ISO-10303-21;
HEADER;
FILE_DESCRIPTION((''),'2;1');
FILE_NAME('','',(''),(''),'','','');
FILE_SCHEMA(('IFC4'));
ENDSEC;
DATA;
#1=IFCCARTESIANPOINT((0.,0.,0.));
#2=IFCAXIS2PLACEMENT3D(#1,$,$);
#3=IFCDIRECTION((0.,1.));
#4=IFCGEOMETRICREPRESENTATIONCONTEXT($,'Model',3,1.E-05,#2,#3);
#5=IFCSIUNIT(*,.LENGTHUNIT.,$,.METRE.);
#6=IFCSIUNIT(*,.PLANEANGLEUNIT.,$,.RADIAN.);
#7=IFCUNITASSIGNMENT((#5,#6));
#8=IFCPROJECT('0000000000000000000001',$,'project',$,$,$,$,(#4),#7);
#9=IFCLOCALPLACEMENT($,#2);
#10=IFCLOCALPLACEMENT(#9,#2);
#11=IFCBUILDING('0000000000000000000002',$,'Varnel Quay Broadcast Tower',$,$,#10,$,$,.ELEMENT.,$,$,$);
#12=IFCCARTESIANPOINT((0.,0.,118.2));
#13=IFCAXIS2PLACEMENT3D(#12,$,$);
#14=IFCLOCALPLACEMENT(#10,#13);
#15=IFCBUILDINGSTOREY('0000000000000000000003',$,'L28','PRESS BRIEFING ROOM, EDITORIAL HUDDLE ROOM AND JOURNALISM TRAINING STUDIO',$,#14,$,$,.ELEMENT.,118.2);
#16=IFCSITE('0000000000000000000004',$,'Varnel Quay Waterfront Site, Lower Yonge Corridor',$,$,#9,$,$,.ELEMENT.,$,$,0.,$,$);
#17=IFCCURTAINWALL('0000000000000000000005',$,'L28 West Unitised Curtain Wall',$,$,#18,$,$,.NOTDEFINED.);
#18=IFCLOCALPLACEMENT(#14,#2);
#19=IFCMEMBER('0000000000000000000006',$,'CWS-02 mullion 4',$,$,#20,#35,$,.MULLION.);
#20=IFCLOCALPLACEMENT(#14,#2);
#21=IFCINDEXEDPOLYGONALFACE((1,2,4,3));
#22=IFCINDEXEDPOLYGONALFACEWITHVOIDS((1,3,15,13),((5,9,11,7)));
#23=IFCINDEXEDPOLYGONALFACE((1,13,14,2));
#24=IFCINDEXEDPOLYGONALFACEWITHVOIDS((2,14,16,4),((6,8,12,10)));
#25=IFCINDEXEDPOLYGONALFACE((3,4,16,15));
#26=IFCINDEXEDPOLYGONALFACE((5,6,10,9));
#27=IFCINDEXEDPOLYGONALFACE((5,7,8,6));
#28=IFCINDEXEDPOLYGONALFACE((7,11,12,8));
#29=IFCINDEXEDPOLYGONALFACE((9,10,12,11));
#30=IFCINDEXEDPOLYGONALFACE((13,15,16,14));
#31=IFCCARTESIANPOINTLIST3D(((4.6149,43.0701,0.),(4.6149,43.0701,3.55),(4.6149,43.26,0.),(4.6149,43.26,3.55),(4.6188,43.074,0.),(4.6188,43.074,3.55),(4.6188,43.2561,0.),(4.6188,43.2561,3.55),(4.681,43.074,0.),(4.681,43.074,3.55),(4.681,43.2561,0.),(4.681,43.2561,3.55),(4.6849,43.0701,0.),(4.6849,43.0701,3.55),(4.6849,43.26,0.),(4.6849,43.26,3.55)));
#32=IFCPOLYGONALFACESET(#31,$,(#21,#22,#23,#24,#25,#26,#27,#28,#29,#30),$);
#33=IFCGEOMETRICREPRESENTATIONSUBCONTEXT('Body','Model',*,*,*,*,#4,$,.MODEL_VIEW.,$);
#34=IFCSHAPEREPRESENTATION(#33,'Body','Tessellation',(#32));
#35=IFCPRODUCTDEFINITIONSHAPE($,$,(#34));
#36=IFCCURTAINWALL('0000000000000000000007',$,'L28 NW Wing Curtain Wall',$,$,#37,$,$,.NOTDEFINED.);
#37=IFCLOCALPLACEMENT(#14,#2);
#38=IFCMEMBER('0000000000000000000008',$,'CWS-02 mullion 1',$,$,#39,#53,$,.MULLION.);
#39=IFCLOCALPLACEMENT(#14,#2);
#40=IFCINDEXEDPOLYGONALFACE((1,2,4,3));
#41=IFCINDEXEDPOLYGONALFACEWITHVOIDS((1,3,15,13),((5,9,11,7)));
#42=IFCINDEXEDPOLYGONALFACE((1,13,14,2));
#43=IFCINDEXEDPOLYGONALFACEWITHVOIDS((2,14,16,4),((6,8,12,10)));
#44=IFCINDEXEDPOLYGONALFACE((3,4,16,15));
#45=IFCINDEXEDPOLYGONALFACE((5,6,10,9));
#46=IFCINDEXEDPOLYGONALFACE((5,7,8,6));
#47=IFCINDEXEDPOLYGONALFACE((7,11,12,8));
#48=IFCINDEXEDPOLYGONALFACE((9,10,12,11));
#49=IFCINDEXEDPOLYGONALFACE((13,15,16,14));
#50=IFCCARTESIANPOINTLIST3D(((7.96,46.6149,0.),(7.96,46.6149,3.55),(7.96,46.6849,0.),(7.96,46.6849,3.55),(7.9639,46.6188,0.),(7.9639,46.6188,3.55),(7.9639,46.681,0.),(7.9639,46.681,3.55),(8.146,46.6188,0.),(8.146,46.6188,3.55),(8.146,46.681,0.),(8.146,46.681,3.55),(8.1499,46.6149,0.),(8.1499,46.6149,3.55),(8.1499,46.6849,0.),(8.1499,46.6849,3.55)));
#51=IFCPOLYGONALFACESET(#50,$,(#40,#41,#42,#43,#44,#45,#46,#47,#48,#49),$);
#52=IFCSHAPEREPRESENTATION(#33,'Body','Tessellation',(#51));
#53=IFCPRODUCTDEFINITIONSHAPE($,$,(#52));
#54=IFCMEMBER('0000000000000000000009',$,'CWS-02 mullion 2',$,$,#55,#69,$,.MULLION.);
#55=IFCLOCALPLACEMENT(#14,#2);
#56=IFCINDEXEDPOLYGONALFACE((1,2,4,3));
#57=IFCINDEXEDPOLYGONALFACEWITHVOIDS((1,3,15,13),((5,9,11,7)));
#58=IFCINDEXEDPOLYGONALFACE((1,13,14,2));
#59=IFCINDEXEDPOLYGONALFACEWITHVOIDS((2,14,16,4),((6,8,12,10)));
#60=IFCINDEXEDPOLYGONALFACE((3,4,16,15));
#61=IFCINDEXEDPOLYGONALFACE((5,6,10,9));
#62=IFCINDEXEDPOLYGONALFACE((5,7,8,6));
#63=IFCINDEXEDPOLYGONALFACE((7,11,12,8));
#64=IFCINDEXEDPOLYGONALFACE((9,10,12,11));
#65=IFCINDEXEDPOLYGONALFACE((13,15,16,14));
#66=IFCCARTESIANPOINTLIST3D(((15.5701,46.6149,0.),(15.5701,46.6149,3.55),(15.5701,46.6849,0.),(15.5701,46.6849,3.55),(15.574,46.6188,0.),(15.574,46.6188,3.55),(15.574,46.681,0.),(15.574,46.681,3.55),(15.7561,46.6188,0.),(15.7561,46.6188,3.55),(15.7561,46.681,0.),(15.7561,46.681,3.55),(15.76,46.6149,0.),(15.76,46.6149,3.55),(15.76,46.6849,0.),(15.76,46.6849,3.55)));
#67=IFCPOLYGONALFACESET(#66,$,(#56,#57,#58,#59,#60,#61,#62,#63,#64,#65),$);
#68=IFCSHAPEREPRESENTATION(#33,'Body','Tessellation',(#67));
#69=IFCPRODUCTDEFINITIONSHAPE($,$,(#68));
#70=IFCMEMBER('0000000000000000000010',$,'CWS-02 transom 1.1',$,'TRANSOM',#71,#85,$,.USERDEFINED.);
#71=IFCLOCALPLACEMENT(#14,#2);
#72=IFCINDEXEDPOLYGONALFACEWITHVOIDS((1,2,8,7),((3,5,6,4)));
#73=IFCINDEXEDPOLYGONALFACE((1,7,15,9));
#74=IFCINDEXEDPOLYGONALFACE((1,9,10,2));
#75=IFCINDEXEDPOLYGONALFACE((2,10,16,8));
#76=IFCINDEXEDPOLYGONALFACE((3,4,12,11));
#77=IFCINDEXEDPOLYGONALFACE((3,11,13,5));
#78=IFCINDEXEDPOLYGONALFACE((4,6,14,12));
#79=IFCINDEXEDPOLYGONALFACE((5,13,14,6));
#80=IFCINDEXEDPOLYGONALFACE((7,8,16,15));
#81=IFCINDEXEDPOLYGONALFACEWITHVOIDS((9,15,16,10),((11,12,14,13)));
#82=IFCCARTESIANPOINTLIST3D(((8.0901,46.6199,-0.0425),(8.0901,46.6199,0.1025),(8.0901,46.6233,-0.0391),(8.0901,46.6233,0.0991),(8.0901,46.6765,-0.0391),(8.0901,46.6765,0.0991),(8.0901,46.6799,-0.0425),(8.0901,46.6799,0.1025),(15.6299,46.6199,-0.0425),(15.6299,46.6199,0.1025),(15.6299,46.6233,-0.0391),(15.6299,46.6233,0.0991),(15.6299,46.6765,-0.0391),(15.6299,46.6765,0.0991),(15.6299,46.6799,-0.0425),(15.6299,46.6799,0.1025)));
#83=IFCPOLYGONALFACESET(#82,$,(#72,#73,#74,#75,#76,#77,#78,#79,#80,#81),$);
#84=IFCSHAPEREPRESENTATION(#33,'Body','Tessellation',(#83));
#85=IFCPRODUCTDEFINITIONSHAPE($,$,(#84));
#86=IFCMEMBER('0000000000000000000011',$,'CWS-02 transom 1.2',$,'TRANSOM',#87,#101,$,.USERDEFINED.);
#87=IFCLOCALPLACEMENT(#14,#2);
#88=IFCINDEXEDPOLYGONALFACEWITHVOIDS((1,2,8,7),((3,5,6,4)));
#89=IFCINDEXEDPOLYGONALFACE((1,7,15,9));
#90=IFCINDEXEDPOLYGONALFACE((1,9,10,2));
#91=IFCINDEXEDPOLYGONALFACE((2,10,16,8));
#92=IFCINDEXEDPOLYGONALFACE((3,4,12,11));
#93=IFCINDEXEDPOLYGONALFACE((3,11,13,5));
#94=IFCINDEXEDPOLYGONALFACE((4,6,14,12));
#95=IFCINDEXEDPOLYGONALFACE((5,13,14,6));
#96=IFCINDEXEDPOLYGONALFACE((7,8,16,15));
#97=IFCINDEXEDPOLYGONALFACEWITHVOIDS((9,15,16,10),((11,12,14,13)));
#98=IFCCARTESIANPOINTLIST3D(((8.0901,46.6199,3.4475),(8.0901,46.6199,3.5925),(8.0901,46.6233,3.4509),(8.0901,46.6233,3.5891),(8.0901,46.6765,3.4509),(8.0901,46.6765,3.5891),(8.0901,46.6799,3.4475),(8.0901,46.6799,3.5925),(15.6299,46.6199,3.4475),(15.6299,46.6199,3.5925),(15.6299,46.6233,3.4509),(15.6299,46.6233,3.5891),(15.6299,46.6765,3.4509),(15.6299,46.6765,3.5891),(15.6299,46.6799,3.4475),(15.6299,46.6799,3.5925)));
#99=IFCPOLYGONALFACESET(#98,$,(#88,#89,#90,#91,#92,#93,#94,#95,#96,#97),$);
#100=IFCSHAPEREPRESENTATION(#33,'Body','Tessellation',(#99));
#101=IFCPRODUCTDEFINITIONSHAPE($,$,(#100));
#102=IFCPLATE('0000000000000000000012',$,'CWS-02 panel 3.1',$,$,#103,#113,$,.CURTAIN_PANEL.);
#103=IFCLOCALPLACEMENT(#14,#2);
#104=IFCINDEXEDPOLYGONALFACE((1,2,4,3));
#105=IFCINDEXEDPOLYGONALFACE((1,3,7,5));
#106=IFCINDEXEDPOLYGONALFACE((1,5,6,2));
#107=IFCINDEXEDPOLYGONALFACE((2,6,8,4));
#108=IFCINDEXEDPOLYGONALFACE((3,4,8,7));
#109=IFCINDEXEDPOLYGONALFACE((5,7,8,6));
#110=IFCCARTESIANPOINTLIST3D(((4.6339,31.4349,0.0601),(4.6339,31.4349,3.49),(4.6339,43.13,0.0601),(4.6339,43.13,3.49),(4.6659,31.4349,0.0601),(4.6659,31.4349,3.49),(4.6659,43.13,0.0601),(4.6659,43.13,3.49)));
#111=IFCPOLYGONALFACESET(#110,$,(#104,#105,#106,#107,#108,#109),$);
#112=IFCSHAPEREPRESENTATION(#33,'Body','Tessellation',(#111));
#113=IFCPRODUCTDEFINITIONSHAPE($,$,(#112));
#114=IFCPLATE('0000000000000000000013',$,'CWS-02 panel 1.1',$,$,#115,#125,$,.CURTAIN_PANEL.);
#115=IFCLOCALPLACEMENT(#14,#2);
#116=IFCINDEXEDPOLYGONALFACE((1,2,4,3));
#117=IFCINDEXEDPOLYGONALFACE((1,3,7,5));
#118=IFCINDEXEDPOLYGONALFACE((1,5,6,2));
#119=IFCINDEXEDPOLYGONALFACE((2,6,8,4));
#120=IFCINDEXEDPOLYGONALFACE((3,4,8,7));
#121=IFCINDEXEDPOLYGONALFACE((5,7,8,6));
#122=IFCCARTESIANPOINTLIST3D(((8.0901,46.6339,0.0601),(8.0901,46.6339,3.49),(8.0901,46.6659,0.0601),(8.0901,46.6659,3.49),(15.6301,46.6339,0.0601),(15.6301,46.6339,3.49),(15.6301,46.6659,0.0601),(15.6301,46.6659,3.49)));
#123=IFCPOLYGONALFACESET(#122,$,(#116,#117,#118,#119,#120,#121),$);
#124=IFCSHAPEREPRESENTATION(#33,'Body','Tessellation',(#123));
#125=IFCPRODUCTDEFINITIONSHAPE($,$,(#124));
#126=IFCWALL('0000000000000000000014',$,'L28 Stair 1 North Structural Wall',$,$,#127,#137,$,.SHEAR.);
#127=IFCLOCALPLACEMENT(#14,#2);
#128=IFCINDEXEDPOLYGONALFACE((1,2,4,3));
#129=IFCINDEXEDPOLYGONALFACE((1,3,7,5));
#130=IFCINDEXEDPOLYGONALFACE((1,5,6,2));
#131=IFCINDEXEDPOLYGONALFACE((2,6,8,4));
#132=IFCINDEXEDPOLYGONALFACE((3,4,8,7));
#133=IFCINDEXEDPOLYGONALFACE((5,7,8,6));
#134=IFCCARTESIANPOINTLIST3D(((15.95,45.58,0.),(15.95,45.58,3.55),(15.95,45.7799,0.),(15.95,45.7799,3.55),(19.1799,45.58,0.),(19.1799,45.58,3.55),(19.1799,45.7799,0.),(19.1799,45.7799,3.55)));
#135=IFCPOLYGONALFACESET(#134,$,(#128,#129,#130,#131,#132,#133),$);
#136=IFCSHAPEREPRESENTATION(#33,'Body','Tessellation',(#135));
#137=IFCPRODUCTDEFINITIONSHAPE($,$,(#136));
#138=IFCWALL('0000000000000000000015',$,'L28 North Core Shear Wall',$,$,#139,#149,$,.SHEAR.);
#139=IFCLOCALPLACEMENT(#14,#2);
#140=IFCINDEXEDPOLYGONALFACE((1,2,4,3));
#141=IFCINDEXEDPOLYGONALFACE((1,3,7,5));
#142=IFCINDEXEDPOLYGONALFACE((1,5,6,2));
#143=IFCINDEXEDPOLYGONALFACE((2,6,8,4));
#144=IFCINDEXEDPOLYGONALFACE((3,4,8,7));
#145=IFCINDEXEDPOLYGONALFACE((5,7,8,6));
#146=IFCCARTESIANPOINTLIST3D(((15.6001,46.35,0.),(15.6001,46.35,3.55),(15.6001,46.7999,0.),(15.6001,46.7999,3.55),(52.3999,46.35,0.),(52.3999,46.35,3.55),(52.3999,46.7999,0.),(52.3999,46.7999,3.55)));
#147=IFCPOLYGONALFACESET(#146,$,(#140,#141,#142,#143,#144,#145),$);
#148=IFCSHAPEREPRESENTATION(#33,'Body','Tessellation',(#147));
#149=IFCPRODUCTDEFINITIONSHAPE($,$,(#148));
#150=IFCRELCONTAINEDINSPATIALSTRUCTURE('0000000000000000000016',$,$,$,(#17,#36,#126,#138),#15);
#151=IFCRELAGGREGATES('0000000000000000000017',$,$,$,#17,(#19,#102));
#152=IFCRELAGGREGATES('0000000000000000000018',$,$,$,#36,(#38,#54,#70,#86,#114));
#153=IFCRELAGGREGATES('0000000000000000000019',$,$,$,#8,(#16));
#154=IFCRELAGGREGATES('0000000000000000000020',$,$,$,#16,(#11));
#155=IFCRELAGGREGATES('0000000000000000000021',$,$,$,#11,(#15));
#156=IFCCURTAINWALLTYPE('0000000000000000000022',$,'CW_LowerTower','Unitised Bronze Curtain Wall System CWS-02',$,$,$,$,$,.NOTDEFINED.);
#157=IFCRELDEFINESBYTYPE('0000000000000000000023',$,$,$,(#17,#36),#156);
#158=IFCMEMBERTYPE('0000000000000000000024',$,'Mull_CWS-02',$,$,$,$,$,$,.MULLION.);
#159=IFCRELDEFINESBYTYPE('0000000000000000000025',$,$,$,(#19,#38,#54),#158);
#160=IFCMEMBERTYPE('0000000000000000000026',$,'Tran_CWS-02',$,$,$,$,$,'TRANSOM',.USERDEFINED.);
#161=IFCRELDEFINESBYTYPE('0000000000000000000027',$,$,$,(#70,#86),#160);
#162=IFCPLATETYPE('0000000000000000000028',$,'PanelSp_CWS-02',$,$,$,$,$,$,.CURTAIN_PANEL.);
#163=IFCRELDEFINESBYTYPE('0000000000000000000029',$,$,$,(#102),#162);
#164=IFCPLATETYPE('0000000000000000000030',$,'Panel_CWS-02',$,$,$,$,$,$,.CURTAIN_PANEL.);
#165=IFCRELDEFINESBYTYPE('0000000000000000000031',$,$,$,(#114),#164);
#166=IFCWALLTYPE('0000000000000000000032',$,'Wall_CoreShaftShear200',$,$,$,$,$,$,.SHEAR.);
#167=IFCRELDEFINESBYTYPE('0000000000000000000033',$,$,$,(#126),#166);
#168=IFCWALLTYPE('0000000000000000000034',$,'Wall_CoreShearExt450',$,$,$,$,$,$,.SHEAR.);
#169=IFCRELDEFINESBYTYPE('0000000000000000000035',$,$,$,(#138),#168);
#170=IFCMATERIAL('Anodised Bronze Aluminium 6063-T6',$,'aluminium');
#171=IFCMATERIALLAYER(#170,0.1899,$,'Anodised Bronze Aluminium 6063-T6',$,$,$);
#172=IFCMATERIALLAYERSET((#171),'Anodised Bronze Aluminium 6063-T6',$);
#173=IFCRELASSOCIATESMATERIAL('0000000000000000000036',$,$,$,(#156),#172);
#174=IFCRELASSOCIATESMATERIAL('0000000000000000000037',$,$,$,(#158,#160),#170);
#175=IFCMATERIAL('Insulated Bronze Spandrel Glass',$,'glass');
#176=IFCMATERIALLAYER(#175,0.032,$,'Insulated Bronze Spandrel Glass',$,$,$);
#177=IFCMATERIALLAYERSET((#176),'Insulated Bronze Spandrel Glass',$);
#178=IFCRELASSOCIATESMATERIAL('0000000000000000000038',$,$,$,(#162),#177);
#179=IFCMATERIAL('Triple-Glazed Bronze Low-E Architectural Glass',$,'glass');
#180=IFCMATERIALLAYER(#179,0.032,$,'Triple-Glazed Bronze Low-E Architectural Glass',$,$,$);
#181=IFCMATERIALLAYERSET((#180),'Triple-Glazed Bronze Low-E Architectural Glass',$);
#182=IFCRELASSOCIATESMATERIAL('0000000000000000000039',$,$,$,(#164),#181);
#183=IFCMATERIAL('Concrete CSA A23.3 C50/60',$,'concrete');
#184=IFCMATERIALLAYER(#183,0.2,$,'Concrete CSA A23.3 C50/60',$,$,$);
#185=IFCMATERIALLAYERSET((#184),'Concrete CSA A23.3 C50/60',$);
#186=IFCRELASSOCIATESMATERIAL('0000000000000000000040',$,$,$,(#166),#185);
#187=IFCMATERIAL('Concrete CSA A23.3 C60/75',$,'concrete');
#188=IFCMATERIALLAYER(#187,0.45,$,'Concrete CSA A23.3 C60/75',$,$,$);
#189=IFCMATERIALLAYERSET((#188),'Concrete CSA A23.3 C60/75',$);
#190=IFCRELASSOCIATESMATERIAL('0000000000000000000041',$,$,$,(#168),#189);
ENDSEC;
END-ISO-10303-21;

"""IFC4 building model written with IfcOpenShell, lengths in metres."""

from ifc_helpers import new_model, si_unit, direction, frame, frame_2d, origin, origin_2d, place, context, subcontext, project, spatial, rectangle, hollow_rectangle, extrude, source, transform, mapped, material, layer, layer_set, material_profile, profile_set, type_object, type_shapes, element, aggregate, save


model = new_model("IFC4")

# Units and contexts
model_context = context("Model", 3, precision=1e-05, world=origin(), true_north=direction((0.0, 1.0)))
body_context = subcontext(model_context, "Body", "Model", "MODEL_VIEW")
ifc_project = project(units=[si_unit("LENGTHUNIT", "METRE"), si_unit("PLANEANGLEUNIT", "RADIAN")], contexts=[model_context])

# Site, building, storey
site_placement = place(None, origin())
site = spatial("IfcSite", under=ifc_project, at=site_placement, Name="Varnel Quay Waterfront Site, Lower Yonge Corridor", CompositionType="ELEMENT", RefElevation=0.0)
building_placement = place(site_placement, origin())
building = spatial("IfcBuilding", under=site, at=building_placement, Name="Varnel Quay Broadcast Tower", CompositionType="ELEMENT")
storey_placement = place(building_placement, frame((0.0, 0.0, 118.2)))
storey = spatial("IfcBuildingStorey", under=building, at=storey_placement, Name="L28", Description="PRESS BRIEFING ROOM, EDITORIAL HUDDLE ROOM AND JOURNALISM TRAINING STUDIO", CompositionType="ELEMENT", Elevation=118.2)

# Curtain wall, member
ifc_material_1 = material(Name="Anodised Bronze Aluminium 6063-T6", Category="aluminium")
ifc_layer_1 = layer(ifc_material_1, 0.1899, Name="Anodised Bronze Aluminium 6063-T6")
ifc_layer_set_1 = layer_set([ifc_layer_1], Name="Anodised Bronze Aluminium 6063-T6")
curtain_wall_type = type_object("IfcCurtainWallType", Name="CW_LowerTower", Description="Unitised Bronze Curtain Wall System CWS-02", PredefinedType="NOTDEFINED", material=ifc_layer_set_1)
curtain_wall_1_placement = place(storey_placement, origin())
curtain_wall_1 = element("IfcCurtainWall", 1, at=curtain_wall_1_placement, inside=storey, type_object=curtain_wall_type, Name="L28 West Unitised Curtain Wall", PredefinedType="NOTDEFINED")
ifc_material_profile_1 = material_profile(ifc_material_1, hollow_rectangle(XDim=0.0701, YDim=0.1899, WallThickness=0.0039, at=origin_2d()), Name="ALU70X190X4")
ifc_profile_set_1 = profile_set([ifc_material_profile_1], Name="Anodised Bronze Aluminium 6063-T6")
member_type_1 = type_object("IfcMemberType", Name="Mull_CWS-02", PredefinedType="MULLION", material=ifc_profile_set_1)
shared_shape_1 = source(origin(), body_context, "Body", "SweptSolid", [
    extrude(hollow_rectangle(XDim=0.0701, YDim=0.1899, WallThickness=0.0039, at=origin_2d()), origin(), (0.0, 0.0, 1.0), 3.55),
])
type_shapes(member_type_1, [shared_shape_1])
member_1_placement = place(storey_placement, frame((4.6499, 43.165, 0.0), z_axis=(0.0, 0.0, 1.0), x_axis=(-1.0, 0.0, 0.0)))
member_1 = element("IfcMember", 2, at=member_1_placement, type_object=member_type_1, Name="CWS-02 mullion 4", PredefinedType="MULLION", context=body_context, shape_type="MappedRepresentation", body=[
    mapped(shared_shape_1, transform((0.0, 0.0, 0.0), x_axis=(1.0, 0.0, 0.0), y_axis=(0.0, 1.0, 0.0), z_axis=(0.0, 0.0, 1.0), scale=1.0)),
])

# Curtain wall, members
curtain_wall_2_placement = place(storey_placement, origin())
curtain_wall_2 = element("IfcCurtainWall", 3, at=curtain_wall_2_placement, inside=storey, type_object=curtain_wall_type, Name="L28 NW Wing Curtain Wall", PredefinedType="NOTDEFINED")
member_2_placement = place(storey_placement, frame((8.0549, 46.6499, 0.0), z_axis=(0.0, 0.0, 1.0), x_axis=(0.0, 1.0, 0.0)))
member_2 = element("IfcMember", 4, at=member_2_placement, type_object=member_type_1, Name="CWS-02 mullion 1", PredefinedType="MULLION", context=body_context, shape_type="MappedRepresentation", body=[
    mapped(shared_shape_1, transform((0.0, 0.0, 0.0), x_axis=(1.0, 0.0, 0.0), y_axis=(0.0, 1.0, 0.0), z_axis=(0.0, 0.0, 1.0), scale=1.0)),
])
member_3_placement = place(storey_placement, frame((15.665, 46.6499, 0.0), z_axis=(0.0, 0.0, 1.0), x_axis=(0.0, 1.0, 0.0)))
member_3 = element("IfcMember", 5, at=member_3_placement, type_object=member_type_1, Name="CWS-02 mullion 2", PredefinedType="MULLION", context=body_context, shape_type="MappedRepresentation", body=[
    mapped(shared_shape_1, transform((0.0, 0.0, 0.0), x_axis=(1.0, 0.0, 0.0), y_axis=(0.0, 1.0, 0.0), z_axis=(0.0, 0.0, 1.0), scale=1.0)),
])
ifc_material_profile_2 = material_profile(ifc_material_1, hollow_rectangle(XDim=0.0601, YDim=0.145, WallThickness=0.0034, at=origin_2d()), Name="ALU60X145X3.5")
ifc_profile_set_2 = profile_set([ifc_material_profile_2], Name="Anodised Bronze Aluminium 6063-T6")
member_type_2 = type_object("IfcMemberType", Name="Tran_CWS-02", ElementType="TRANSOM", PredefinedType="USERDEFINED", material=ifc_profile_set_2)
shared_shape_2 = source(origin(), body_context, "Body", "SweptSolid", [
    extrude(hollow_rectangle(XDim=0.0601, YDim=0.145, WallThickness=0.0034, at=origin_2d()), origin(), (0.0, 0.0, 1.0), 7.5398),
])
type_shapes(member_type_2, [shared_shape_2])
member_4_placement = place(storey_placement, frame((8.0901, 46.6499, 0.03), z_axis=(1.0, 0.0, 0.0), x_axis=(0.0, 1.0, 0.0)))
member_4 = element("IfcMember", 6, at=member_4_placement, type_object=member_type_2, Name="CWS-02 transom 1.1", ObjectType="TRANSOM", PredefinedType="USERDEFINED", context=body_context, shape_type="MappedRepresentation", body=[
    mapped(shared_shape_2, transform((0.0, 0.0, 0.0), x_axis=(1.0, 0.0, 0.0), y_axis=(0.0, 1.0, 0.0), z_axis=(0.0, 0.0, 1.0), scale=1.0)),
])
member_5_placement = place(storey_placement, frame((8.0901, 46.6499, 3.52), z_axis=(1.0, 0.0, 0.0), x_axis=(0.0, 1.0, 0.0)))
member_5 = element("IfcMember", 7, at=member_5_placement, type_object=member_type_2, Name="CWS-02 transom 1.2", ObjectType="TRANSOM", PredefinedType="USERDEFINED", context=body_context, shape_type="MappedRepresentation", body=[
    mapped(shared_shape_2, transform((0.0, 0.0, 0.0), x_axis=(1.0, 0.0, 0.0), y_axis=(0.0, 1.0, 0.0), z_axis=(0.0, 0.0, 1.0), scale=1.0)),
])

# Plates
ifc_material_2 = material(Name="Insulated Bronze Spandrel Glass", Category="glass")
ifc_layer_2 = layer(ifc_material_2, 0.032, Name="Insulated Bronze Spandrel Glass")
ifc_layer_set_2 = layer_set([ifc_layer_2], Name="Insulated Bronze Spandrel Glass")
plate_type_1 = type_object("IfcPlateType", Name="PanelSp_CWS-02", PredefinedType="CURTAIN_PANEL", material=ifc_layer_set_2)
shared_shape_3 = source(origin(), body_context, "Body", "SweptSolid", [
    extrude(rectangle(XDim=11.6951, YDim=0.032, at=origin_2d()), origin(), (0.0, 0.0, 1.0), 3.4299),
])
type_shapes(plate_type_1, [shared_shape_3])
plate_1_placement = place(storey_placement, frame((4.6499, 37.2825, 0.0601), z_axis=(0.0, 0.0, 1.0), x_axis=(0.0, 1.0, 0.0)))
plate_1 = element("IfcPlate", 8, at=plate_1_placement, type_object=plate_type_1, Name="CWS-02 panel 3.1", PredefinedType="CURTAIN_PANEL", context=body_context, shape_type="MappedRepresentation", body=[
    mapped(shared_shape_3, transform((0.0, 0.0, 0.0), x_axis=(1.0, 0.0, 0.0), y_axis=(0.0, 1.0, 0.0), z_axis=(0.0, 0.0, 1.0), scale=1.0)),
])
aggregate(curtain_wall_1, [member_1, plate_1])
ifc_material_3 = material(Name="Triple-Glazed Bronze Low-E Architectural Glass", Category="glass")
ifc_layer_3 = layer(ifc_material_3, 0.032, Name="Triple-Glazed Bronze Low-E Architectural Glass")
ifc_layer_set_3 = layer_set([ifc_layer_3], Name="Triple-Glazed Bronze Low-E Architectural Glass")
plate_type_2 = type_object("IfcPlateType", Name="Panel_CWS-02", PredefinedType="CURTAIN_PANEL", material=ifc_layer_set_3)
shared_shape_4 = source(origin(), body_context, "Body", "SweptSolid", [
    extrude(rectangle(XDim=7.54, YDim=0.032, at=origin_2d()), origin(), (0.0, 0.0, 1.0), 3.4299),
])
type_shapes(plate_type_2, [shared_shape_4])
plate_2_placement = place(storey_placement, frame((11.8601, 46.6499, 0.0601), z_axis=(0.0, 0.0, 1.0), x_axis=(1.0, 0.0, 0.0)))
plate_2 = element("IfcPlate", 9, at=plate_2_placement, type_object=plate_type_2, Name="CWS-02 panel 1.1", PredefinedType="CURTAIN_PANEL", context=body_context, shape_type="MappedRepresentation", body=[
    mapped(shared_shape_4, transform((0.0, 0.0, 0.0), x_axis=(1.0, 0.0, 0.0), y_axis=(0.0, 1.0, 0.0), z_axis=(0.0, 0.0, 1.0), scale=1.0)),
])
aggregate(curtain_wall_2, [member_2, member_3, member_4, member_5, plate_2])

# Walls
ifc_material_4 = material(Name="Concrete CSA A23.3 C50/60", Category="concrete")
ifc_layer_4 = layer(ifc_material_4, 0.2, Name="Concrete CSA A23.3 C50/60")
ifc_layer_set_4 = layer_set([ifc_layer_4], Name="Concrete CSA A23.3 C50/60")
wall_type_1 = type_object("IfcWallType", Name="Wall_CoreShaftShear200", PredefinedType="SHEAR", material=ifc_layer_set_4)
wall_1_placement = place(storey_placement, frame((15.95, 45.6799, 0.0), z_axis=(0.0, 0.0, 1.0), x_axis=(1.0, 0.0, 0.0)))
element("IfcWall", 10, at=wall_1_placement, inside=storey, type_object=wall_type_1, Name="L28 Stair 1 North Structural Wall", PredefinedType="SHEAR", context=body_context, shape_type="SweptSolid", body=[
    extrude(rectangle(XDim=3.23, YDim=0.2, at=frame_2d((1.615, 0.0))), origin(), (0.0, 0.0, 1.0), 3.55),
])
ifc_material_5 = material(Name="Concrete CSA A23.3 C60/75", Category="concrete")
ifc_layer_5 = layer(ifc_material_5, 0.45, Name="Concrete CSA A23.3 C60/75")
ifc_layer_set_5 = layer_set([ifc_layer_5], Name="Concrete CSA A23.3 C60/75")
wall_type_2 = type_object("IfcWallType", Name="Wall_CoreShearExt450", PredefinedType="SHEAR", material=ifc_layer_set_5)
wall_2_placement = place(storey_placement, frame((15.6001, 46.575, 0.0), z_axis=(0.0, 0.0, 1.0), x_axis=(1.0, 0.0, 0.0)))
element("IfcWall", 11, at=wall_2_placement, inside=storey, type_object=wall_type_2, Name="L28 North Core Shear Wall", PredefinedType="SHEAR", context=body_context, shape_type="SweptSolid", body=[
    extrude(rectangle(XDim=36.7998, YDim=0.45, at=frame_2d((18.3999, 0.0))), origin(), (0.0, 0.0, 1.0), 3.55),
])

save(model, "model.ifc")
